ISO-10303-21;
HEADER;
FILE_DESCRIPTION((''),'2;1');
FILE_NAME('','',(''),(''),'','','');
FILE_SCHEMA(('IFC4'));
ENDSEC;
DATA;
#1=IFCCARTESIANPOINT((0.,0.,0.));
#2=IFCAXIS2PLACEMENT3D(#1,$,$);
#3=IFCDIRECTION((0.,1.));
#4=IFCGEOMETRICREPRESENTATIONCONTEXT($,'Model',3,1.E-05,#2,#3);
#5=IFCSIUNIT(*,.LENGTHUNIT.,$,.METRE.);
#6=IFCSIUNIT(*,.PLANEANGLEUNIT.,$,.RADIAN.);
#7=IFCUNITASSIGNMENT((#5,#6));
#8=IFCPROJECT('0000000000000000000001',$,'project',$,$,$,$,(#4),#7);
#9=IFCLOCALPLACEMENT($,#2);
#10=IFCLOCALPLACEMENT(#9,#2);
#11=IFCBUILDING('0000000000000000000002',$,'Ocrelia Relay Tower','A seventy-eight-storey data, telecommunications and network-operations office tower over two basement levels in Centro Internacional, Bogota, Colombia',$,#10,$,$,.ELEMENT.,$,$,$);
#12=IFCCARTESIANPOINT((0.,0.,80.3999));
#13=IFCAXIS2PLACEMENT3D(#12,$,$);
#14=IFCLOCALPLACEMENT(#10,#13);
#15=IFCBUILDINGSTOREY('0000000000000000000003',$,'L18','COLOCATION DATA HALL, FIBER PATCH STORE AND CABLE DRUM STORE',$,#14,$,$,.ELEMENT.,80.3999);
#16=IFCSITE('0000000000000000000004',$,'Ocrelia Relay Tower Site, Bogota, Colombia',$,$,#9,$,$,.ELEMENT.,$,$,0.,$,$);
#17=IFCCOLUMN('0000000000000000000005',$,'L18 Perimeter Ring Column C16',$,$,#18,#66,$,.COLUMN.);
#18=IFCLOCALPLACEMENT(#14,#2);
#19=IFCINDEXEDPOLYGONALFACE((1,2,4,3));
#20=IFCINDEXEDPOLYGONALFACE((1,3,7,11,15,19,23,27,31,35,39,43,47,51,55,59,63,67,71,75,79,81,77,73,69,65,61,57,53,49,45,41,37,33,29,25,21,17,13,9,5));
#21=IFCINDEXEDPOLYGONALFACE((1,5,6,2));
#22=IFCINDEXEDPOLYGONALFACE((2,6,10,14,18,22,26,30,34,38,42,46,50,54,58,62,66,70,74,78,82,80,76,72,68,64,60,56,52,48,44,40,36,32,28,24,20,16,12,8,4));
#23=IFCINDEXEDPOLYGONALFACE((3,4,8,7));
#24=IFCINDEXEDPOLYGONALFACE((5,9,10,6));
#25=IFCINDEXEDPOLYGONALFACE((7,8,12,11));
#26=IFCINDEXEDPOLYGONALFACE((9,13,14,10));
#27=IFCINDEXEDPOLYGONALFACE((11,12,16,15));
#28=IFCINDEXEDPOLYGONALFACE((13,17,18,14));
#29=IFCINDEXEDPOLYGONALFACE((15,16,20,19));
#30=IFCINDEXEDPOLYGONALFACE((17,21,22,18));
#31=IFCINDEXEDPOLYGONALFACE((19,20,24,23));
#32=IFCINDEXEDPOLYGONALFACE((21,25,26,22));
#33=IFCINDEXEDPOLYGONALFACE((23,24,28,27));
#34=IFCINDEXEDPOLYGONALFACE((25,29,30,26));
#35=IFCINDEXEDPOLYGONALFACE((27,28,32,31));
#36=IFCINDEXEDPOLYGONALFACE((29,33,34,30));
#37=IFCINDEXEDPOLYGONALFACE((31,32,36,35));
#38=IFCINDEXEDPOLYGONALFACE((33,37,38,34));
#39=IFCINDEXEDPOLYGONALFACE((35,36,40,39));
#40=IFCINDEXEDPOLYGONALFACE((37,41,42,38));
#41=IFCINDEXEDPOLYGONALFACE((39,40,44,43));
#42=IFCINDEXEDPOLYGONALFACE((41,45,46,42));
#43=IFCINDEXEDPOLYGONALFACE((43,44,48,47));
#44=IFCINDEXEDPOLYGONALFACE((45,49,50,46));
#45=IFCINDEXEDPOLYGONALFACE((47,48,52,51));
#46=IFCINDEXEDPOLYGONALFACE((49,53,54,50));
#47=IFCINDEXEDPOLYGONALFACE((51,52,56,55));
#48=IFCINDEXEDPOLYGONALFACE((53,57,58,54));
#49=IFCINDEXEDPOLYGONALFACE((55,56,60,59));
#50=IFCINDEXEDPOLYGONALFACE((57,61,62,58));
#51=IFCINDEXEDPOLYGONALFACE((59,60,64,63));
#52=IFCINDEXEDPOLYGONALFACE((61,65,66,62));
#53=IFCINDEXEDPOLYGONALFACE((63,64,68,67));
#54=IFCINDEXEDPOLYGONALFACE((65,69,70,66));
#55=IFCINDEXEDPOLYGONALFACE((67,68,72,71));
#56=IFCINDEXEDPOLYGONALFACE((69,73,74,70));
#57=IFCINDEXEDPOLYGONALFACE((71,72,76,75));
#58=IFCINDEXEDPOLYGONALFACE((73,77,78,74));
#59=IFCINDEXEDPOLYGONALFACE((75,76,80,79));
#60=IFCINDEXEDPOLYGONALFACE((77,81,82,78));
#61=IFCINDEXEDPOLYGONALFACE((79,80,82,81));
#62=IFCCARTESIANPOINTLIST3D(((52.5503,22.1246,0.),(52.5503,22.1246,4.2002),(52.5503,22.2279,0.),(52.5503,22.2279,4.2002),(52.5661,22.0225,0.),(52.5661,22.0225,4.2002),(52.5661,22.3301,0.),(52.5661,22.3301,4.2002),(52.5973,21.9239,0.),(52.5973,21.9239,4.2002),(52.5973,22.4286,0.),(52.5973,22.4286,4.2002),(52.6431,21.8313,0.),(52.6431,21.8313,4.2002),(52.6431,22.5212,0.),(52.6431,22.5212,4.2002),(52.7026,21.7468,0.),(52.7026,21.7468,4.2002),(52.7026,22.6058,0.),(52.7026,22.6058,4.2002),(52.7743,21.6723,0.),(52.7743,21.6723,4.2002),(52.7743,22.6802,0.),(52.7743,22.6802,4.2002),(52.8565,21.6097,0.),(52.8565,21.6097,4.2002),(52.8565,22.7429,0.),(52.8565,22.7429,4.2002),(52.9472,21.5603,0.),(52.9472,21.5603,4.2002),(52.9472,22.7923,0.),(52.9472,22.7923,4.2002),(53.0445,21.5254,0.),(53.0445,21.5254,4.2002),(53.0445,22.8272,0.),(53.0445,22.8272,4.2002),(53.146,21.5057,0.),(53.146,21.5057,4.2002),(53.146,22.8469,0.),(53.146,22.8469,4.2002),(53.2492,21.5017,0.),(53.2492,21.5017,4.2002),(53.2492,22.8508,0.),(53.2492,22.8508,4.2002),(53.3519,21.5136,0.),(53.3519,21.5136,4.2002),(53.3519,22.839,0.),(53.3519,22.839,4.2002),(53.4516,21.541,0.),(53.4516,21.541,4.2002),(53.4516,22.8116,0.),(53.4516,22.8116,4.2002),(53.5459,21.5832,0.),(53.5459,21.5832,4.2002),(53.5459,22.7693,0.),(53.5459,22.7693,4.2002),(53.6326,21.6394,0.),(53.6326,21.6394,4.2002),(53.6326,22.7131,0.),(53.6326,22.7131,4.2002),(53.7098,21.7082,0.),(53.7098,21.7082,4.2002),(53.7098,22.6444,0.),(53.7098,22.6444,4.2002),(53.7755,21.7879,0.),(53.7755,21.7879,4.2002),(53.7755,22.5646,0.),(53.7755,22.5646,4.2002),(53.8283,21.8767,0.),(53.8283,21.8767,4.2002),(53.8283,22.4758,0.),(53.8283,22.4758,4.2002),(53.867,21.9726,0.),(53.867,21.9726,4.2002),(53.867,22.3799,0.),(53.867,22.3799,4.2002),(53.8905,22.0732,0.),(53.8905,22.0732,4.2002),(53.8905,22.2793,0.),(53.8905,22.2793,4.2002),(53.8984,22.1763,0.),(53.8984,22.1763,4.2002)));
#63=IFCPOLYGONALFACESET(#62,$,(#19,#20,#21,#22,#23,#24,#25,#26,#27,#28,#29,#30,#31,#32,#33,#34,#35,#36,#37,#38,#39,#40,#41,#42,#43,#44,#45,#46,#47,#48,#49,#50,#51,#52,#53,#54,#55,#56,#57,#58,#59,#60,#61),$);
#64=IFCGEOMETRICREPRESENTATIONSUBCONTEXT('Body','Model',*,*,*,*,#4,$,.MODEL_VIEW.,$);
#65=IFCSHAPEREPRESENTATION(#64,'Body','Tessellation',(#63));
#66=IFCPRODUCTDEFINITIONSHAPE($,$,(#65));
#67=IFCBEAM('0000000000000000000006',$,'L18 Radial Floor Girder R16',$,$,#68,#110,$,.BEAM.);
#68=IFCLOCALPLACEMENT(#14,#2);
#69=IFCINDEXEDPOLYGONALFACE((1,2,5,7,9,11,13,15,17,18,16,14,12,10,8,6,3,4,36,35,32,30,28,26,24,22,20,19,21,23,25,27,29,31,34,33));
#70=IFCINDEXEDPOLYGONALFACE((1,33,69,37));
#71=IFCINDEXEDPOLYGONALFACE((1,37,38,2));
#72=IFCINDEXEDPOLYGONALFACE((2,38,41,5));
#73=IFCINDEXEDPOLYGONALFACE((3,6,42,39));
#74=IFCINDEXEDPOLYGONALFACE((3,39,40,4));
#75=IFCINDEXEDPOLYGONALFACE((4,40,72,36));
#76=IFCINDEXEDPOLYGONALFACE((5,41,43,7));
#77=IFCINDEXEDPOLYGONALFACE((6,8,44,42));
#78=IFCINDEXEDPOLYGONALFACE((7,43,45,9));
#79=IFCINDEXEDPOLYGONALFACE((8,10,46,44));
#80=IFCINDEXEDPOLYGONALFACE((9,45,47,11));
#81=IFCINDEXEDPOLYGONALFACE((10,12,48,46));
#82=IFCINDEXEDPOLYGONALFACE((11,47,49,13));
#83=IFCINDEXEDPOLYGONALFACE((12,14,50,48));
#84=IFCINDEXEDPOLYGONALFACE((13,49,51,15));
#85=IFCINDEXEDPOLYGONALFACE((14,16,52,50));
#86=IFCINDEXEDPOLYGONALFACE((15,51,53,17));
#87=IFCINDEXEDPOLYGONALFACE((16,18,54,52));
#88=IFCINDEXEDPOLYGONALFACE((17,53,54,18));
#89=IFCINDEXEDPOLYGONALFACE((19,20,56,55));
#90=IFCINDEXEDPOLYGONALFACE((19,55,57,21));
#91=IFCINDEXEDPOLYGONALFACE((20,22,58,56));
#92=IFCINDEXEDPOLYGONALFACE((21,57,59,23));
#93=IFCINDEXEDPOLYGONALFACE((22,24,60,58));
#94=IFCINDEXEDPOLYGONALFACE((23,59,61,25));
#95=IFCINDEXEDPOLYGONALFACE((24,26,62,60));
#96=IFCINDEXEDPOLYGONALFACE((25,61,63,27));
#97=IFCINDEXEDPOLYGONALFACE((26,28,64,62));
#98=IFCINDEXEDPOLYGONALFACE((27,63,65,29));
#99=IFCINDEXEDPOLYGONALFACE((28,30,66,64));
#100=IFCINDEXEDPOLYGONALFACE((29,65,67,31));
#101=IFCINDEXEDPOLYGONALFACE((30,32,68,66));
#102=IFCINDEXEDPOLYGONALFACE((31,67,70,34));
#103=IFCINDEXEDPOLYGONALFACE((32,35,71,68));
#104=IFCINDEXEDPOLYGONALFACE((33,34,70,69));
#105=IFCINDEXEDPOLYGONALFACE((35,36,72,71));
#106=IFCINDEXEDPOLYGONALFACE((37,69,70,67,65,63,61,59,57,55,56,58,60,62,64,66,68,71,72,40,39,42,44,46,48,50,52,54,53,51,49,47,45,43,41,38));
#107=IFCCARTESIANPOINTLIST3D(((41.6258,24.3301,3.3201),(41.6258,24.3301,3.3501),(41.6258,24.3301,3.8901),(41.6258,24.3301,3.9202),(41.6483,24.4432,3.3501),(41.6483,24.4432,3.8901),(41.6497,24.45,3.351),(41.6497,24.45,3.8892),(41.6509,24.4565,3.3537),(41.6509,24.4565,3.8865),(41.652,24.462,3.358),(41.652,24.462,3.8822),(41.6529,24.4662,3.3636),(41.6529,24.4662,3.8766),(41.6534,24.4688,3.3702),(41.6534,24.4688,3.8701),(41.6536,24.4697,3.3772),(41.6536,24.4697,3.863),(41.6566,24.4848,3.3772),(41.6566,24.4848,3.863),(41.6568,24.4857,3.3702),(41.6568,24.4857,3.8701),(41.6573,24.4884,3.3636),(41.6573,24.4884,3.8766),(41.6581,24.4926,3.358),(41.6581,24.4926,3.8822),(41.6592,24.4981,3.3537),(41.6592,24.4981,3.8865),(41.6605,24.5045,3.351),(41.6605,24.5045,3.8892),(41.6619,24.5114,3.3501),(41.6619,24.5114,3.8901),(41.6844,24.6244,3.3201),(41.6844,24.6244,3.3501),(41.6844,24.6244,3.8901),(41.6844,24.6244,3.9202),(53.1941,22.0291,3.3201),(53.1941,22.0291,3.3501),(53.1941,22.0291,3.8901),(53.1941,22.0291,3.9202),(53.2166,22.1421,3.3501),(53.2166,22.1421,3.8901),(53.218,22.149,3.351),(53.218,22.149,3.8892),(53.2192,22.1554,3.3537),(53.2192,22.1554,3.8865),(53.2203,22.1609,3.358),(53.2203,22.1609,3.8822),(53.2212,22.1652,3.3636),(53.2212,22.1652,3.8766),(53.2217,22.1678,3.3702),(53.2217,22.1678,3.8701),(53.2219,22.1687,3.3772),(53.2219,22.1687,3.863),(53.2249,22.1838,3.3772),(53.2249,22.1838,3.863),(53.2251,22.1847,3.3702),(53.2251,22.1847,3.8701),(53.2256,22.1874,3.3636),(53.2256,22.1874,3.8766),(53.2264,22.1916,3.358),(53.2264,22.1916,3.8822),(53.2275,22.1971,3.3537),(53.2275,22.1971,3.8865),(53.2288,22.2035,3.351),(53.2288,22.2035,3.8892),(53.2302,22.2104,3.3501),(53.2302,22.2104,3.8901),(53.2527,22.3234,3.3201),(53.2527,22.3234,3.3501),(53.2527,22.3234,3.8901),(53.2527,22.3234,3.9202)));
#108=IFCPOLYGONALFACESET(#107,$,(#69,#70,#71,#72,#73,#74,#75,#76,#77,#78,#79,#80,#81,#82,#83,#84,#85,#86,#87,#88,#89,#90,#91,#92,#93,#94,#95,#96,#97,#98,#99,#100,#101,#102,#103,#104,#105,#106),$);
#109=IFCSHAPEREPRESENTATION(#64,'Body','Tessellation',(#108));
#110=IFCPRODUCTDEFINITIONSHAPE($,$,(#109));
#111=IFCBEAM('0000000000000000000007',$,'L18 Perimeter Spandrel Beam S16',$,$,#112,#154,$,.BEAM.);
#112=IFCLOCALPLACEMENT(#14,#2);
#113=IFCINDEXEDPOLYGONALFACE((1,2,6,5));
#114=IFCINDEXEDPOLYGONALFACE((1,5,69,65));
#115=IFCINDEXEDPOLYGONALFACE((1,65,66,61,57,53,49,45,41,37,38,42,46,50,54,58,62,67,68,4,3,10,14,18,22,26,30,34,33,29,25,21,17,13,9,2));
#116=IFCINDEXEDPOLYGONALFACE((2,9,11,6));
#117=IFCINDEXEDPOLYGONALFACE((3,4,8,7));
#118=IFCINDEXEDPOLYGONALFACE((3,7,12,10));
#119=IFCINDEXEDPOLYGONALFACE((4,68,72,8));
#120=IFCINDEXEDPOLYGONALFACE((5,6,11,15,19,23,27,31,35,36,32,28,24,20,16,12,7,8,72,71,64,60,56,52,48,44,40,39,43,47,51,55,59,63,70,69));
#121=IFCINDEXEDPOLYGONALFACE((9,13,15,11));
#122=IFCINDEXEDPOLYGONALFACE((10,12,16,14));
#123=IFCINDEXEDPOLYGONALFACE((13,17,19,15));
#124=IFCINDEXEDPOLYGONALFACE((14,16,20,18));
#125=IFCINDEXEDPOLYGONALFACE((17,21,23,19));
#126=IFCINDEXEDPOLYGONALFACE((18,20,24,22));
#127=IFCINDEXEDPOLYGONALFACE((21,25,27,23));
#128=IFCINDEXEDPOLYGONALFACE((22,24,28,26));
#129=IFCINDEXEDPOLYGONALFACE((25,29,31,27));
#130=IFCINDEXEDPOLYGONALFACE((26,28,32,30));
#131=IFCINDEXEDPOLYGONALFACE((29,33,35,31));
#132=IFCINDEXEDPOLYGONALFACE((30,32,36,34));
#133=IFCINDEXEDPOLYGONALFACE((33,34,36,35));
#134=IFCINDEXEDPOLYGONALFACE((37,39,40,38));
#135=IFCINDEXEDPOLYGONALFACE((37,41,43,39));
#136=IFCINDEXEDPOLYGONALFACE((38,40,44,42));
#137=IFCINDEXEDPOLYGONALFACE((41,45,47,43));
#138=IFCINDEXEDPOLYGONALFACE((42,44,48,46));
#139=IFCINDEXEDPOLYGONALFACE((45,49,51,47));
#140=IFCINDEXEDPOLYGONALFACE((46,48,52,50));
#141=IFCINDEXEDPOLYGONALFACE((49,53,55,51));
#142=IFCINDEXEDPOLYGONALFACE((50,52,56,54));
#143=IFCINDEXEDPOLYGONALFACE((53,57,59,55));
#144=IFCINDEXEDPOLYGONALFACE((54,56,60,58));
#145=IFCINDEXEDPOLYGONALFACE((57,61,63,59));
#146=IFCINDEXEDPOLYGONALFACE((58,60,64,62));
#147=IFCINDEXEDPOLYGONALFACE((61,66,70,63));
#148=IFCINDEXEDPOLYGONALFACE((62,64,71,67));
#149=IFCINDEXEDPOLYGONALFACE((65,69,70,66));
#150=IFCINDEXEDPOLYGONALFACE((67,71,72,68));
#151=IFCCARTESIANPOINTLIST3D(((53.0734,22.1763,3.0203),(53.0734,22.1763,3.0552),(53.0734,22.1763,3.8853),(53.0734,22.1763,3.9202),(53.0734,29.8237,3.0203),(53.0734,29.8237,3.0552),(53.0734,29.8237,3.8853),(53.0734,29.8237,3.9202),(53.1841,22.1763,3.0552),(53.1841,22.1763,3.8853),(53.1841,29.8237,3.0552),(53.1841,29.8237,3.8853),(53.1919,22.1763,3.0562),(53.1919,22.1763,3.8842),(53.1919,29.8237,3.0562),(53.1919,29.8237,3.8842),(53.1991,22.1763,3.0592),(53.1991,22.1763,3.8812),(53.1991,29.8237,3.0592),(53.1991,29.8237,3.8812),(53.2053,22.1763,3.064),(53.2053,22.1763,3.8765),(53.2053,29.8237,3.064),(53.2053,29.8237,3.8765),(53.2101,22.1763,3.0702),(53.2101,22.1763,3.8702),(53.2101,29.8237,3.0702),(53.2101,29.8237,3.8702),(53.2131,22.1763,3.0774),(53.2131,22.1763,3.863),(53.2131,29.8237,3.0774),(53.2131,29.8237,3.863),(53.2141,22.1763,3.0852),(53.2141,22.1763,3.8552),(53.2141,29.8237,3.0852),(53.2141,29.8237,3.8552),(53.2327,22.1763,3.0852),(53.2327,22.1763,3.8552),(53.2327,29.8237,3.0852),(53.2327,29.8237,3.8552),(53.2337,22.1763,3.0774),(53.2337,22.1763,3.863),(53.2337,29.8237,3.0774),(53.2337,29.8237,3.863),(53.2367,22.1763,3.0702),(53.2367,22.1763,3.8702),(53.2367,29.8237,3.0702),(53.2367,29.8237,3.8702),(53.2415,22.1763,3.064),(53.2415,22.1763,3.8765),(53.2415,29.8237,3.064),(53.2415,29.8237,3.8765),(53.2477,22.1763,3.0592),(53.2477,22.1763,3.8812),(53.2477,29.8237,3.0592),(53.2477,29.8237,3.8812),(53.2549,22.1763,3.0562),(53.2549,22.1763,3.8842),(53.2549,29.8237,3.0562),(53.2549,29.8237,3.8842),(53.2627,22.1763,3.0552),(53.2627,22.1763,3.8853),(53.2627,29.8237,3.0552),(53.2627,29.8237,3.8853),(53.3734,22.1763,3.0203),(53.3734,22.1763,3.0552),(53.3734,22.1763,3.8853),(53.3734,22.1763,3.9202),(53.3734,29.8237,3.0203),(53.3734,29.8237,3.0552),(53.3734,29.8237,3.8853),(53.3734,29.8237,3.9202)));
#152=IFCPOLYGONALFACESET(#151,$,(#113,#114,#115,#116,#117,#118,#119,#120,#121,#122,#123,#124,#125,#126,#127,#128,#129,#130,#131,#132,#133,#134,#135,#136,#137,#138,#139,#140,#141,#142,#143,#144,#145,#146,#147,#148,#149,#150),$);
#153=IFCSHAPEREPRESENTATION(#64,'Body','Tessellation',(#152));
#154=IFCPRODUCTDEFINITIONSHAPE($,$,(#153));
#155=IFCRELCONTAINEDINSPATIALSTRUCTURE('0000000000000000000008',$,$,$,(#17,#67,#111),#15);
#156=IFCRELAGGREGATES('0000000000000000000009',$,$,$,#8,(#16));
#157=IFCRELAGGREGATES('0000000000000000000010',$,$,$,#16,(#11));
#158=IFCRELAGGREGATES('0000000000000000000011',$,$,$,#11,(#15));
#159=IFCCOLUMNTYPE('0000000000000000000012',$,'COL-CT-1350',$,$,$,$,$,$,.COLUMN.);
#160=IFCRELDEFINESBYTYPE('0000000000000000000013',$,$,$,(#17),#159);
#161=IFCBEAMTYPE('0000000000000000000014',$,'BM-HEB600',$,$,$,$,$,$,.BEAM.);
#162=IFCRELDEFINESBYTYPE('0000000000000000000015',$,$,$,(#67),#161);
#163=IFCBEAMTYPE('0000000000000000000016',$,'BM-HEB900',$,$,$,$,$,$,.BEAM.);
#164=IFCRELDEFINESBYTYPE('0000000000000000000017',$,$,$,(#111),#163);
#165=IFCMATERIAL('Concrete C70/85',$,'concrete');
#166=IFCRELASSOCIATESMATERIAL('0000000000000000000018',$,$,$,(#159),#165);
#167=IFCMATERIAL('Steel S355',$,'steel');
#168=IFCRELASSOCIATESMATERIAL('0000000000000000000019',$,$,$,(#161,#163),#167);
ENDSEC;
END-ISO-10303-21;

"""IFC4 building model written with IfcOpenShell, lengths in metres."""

from ifc_helpers import new_model, si_unit, direction, frame, origin, origin_2d, place, context, subcontext, project, spatial, circle, i_section, extrude, material, material_profile, profile_set, type_object, element, save


model = new_model("IFC4")

# Units and contexts
model_context = context("Model", 3, precision=1e-05, world=origin(), true_north=direction((0.0, 1.0)))
body_context = subcontext(model_context, "Body", "Model", "MODEL_VIEW")
ifc_project = project(units=[si_unit("LENGTHUNIT", "METRE"), si_unit("PLANEANGLEUNIT", "RADIAN")], contexts=[model_context])

# Site, building, storey
site_placement = place(None, origin())
site = spatial("IfcSite", under=ifc_project, at=site_placement, Name="Ocrelia Relay Tower Site, Bogota, Colombia", CompositionType="ELEMENT", RefElevation=0.0)
building_placement = place(site_placement, origin())
building = spatial("IfcBuilding", under=site, at=building_placement, Name="Ocrelia Relay Tower", Description="A seventy-eight-storey data, telecommunications and network-operations office tower over two basement levels in Centro Internacional, Bogota, Colombia", CompositionType="ELEMENT")
storey_placement = place(building_placement, frame((0.0, 0.0, 80.3999)))
storey = spatial("IfcBuildingStorey", under=building, at=storey_placement, Name="L18", Description="COLOCATION DATA HALL, FIBER PATCH STORE AND CABLE DRUM STORE", CompositionType="ELEMENT", Elevation=80.3999)

# Column
ifc_material_1 = material(Name="Concrete C70/85", Category="concrete")
ifc_material_profile_1 = material_profile(ifc_material_1, circle(Radius=0.675, at=origin_2d()), Name="RC-CIR-1350")
ifc_profile_set_1 = profile_set([ifc_material_profile_1], Name="Concrete C70/85")
column_type = type_object("IfcColumnType", Name="COL-CT-1350", PredefinedType="COLUMN", material=ifc_profile_set_1)
column_placement = place(storey_placement, frame((53.2234, 22.1763, 0.0), z_axis=(0.0, 0.0, 1.0), x_axis=(1.0, 0.0, 0.0)))
element("IfcColumn", 1, at=column_placement, inside=storey, type_object=column_type, Name="L18 Perimeter Ring Column C16", PredefinedType="COLUMN", context=body_context, shape_type="SweptSolid", body=[
    extrude(circle(Radius=0.675, at=origin_2d()), origin(), (0.0, 0.0, 1.0), 4.2002),
])

# Beams
ifc_material_2 = material(Name="Steel S355", Category="steel")
ifc_material_profile_2 = material_profile(ifc_material_2, i_section(OverallWidth=0.3, OverallDepth=0.6001, WebThickness=0.0154, FlangeThickness=0.03, FilletRadius=0.0271, at=origin_2d()), Name="HEB 600")
ifc_profile_set_2 = profile_set([ifc_material_profile_2], Name="Steel S355")
beam_type_1 = type_object("IfcBeamType", Name="BM-HEB600", PredefinedType="BEAM", material=ifc_profile_set_2)
beam_1_placement = place(storey_placement, frame((53.2234, 22.1763, 3.6201), z_axis=(-0.980786, 0.195085, 0.0), x_axis=(-0.195085, -0.980786, 0.0)))
element("IfcBeam", 2, at=beam_1_placement, inside=storey, type_object=beam_type_1, Name="L18 Radial Floor Girder R16", PredefinedType="BEAM", context=body_context, shape_type="SweptSolid", body=[
    extrude(i_section(OverallWidth=0.3, OverallDepth=0.6001, WebThickness=0.0154, FlangeThickness=0.03, FilletRadius=0.0271, at=origin_2d()), origin(), (0.0, 0.0, 1.0), 11.7949),
])
ifc_material_profile_3 = material_profile(ifc_material_2, i_section(OverallWidth=0.3, OverallDepth=0.8999, WebThickness=0.0186, FlangeThickness=0.0349, FilletRadius=0.03, at=origin_2d()), Name="HEB 900")
ifc_profile_set_3 = profile_set([ifc_material_profile_3], Name="Steel S355")
beam_type_2 = type_object("IfcBeamType", Name="BM-HEB900", PredefinedType="BEAM", material=ifc_profile_set_3)
beam_2_placement = place(storey_placement, frame((53.2234, 22.1763, 3.4702), z_axis=(0.0, 1.0, 0.0), x_axis=(-1.0, 0.0, 0.0)))
element("IfcBeam", 3, at=beam_2_placement, inside=storey, type_object=beam_type_2, Name="L18 Perimeter Spandrel Beam S16", PredefinedType="BEAM", context=body_context, shape_type="SweptSolid", body=[
    extrude(i_section(OverallWidth=0.3, OverallDepth=0.8999, WebThickness=0.0186, FlangeThickness=0.0349, FilletRadius=0.03, at=origin_2d()), origin(), (0.0, 0.0, 1.0), 7.6475),
])

save(model, "model.ifc")
